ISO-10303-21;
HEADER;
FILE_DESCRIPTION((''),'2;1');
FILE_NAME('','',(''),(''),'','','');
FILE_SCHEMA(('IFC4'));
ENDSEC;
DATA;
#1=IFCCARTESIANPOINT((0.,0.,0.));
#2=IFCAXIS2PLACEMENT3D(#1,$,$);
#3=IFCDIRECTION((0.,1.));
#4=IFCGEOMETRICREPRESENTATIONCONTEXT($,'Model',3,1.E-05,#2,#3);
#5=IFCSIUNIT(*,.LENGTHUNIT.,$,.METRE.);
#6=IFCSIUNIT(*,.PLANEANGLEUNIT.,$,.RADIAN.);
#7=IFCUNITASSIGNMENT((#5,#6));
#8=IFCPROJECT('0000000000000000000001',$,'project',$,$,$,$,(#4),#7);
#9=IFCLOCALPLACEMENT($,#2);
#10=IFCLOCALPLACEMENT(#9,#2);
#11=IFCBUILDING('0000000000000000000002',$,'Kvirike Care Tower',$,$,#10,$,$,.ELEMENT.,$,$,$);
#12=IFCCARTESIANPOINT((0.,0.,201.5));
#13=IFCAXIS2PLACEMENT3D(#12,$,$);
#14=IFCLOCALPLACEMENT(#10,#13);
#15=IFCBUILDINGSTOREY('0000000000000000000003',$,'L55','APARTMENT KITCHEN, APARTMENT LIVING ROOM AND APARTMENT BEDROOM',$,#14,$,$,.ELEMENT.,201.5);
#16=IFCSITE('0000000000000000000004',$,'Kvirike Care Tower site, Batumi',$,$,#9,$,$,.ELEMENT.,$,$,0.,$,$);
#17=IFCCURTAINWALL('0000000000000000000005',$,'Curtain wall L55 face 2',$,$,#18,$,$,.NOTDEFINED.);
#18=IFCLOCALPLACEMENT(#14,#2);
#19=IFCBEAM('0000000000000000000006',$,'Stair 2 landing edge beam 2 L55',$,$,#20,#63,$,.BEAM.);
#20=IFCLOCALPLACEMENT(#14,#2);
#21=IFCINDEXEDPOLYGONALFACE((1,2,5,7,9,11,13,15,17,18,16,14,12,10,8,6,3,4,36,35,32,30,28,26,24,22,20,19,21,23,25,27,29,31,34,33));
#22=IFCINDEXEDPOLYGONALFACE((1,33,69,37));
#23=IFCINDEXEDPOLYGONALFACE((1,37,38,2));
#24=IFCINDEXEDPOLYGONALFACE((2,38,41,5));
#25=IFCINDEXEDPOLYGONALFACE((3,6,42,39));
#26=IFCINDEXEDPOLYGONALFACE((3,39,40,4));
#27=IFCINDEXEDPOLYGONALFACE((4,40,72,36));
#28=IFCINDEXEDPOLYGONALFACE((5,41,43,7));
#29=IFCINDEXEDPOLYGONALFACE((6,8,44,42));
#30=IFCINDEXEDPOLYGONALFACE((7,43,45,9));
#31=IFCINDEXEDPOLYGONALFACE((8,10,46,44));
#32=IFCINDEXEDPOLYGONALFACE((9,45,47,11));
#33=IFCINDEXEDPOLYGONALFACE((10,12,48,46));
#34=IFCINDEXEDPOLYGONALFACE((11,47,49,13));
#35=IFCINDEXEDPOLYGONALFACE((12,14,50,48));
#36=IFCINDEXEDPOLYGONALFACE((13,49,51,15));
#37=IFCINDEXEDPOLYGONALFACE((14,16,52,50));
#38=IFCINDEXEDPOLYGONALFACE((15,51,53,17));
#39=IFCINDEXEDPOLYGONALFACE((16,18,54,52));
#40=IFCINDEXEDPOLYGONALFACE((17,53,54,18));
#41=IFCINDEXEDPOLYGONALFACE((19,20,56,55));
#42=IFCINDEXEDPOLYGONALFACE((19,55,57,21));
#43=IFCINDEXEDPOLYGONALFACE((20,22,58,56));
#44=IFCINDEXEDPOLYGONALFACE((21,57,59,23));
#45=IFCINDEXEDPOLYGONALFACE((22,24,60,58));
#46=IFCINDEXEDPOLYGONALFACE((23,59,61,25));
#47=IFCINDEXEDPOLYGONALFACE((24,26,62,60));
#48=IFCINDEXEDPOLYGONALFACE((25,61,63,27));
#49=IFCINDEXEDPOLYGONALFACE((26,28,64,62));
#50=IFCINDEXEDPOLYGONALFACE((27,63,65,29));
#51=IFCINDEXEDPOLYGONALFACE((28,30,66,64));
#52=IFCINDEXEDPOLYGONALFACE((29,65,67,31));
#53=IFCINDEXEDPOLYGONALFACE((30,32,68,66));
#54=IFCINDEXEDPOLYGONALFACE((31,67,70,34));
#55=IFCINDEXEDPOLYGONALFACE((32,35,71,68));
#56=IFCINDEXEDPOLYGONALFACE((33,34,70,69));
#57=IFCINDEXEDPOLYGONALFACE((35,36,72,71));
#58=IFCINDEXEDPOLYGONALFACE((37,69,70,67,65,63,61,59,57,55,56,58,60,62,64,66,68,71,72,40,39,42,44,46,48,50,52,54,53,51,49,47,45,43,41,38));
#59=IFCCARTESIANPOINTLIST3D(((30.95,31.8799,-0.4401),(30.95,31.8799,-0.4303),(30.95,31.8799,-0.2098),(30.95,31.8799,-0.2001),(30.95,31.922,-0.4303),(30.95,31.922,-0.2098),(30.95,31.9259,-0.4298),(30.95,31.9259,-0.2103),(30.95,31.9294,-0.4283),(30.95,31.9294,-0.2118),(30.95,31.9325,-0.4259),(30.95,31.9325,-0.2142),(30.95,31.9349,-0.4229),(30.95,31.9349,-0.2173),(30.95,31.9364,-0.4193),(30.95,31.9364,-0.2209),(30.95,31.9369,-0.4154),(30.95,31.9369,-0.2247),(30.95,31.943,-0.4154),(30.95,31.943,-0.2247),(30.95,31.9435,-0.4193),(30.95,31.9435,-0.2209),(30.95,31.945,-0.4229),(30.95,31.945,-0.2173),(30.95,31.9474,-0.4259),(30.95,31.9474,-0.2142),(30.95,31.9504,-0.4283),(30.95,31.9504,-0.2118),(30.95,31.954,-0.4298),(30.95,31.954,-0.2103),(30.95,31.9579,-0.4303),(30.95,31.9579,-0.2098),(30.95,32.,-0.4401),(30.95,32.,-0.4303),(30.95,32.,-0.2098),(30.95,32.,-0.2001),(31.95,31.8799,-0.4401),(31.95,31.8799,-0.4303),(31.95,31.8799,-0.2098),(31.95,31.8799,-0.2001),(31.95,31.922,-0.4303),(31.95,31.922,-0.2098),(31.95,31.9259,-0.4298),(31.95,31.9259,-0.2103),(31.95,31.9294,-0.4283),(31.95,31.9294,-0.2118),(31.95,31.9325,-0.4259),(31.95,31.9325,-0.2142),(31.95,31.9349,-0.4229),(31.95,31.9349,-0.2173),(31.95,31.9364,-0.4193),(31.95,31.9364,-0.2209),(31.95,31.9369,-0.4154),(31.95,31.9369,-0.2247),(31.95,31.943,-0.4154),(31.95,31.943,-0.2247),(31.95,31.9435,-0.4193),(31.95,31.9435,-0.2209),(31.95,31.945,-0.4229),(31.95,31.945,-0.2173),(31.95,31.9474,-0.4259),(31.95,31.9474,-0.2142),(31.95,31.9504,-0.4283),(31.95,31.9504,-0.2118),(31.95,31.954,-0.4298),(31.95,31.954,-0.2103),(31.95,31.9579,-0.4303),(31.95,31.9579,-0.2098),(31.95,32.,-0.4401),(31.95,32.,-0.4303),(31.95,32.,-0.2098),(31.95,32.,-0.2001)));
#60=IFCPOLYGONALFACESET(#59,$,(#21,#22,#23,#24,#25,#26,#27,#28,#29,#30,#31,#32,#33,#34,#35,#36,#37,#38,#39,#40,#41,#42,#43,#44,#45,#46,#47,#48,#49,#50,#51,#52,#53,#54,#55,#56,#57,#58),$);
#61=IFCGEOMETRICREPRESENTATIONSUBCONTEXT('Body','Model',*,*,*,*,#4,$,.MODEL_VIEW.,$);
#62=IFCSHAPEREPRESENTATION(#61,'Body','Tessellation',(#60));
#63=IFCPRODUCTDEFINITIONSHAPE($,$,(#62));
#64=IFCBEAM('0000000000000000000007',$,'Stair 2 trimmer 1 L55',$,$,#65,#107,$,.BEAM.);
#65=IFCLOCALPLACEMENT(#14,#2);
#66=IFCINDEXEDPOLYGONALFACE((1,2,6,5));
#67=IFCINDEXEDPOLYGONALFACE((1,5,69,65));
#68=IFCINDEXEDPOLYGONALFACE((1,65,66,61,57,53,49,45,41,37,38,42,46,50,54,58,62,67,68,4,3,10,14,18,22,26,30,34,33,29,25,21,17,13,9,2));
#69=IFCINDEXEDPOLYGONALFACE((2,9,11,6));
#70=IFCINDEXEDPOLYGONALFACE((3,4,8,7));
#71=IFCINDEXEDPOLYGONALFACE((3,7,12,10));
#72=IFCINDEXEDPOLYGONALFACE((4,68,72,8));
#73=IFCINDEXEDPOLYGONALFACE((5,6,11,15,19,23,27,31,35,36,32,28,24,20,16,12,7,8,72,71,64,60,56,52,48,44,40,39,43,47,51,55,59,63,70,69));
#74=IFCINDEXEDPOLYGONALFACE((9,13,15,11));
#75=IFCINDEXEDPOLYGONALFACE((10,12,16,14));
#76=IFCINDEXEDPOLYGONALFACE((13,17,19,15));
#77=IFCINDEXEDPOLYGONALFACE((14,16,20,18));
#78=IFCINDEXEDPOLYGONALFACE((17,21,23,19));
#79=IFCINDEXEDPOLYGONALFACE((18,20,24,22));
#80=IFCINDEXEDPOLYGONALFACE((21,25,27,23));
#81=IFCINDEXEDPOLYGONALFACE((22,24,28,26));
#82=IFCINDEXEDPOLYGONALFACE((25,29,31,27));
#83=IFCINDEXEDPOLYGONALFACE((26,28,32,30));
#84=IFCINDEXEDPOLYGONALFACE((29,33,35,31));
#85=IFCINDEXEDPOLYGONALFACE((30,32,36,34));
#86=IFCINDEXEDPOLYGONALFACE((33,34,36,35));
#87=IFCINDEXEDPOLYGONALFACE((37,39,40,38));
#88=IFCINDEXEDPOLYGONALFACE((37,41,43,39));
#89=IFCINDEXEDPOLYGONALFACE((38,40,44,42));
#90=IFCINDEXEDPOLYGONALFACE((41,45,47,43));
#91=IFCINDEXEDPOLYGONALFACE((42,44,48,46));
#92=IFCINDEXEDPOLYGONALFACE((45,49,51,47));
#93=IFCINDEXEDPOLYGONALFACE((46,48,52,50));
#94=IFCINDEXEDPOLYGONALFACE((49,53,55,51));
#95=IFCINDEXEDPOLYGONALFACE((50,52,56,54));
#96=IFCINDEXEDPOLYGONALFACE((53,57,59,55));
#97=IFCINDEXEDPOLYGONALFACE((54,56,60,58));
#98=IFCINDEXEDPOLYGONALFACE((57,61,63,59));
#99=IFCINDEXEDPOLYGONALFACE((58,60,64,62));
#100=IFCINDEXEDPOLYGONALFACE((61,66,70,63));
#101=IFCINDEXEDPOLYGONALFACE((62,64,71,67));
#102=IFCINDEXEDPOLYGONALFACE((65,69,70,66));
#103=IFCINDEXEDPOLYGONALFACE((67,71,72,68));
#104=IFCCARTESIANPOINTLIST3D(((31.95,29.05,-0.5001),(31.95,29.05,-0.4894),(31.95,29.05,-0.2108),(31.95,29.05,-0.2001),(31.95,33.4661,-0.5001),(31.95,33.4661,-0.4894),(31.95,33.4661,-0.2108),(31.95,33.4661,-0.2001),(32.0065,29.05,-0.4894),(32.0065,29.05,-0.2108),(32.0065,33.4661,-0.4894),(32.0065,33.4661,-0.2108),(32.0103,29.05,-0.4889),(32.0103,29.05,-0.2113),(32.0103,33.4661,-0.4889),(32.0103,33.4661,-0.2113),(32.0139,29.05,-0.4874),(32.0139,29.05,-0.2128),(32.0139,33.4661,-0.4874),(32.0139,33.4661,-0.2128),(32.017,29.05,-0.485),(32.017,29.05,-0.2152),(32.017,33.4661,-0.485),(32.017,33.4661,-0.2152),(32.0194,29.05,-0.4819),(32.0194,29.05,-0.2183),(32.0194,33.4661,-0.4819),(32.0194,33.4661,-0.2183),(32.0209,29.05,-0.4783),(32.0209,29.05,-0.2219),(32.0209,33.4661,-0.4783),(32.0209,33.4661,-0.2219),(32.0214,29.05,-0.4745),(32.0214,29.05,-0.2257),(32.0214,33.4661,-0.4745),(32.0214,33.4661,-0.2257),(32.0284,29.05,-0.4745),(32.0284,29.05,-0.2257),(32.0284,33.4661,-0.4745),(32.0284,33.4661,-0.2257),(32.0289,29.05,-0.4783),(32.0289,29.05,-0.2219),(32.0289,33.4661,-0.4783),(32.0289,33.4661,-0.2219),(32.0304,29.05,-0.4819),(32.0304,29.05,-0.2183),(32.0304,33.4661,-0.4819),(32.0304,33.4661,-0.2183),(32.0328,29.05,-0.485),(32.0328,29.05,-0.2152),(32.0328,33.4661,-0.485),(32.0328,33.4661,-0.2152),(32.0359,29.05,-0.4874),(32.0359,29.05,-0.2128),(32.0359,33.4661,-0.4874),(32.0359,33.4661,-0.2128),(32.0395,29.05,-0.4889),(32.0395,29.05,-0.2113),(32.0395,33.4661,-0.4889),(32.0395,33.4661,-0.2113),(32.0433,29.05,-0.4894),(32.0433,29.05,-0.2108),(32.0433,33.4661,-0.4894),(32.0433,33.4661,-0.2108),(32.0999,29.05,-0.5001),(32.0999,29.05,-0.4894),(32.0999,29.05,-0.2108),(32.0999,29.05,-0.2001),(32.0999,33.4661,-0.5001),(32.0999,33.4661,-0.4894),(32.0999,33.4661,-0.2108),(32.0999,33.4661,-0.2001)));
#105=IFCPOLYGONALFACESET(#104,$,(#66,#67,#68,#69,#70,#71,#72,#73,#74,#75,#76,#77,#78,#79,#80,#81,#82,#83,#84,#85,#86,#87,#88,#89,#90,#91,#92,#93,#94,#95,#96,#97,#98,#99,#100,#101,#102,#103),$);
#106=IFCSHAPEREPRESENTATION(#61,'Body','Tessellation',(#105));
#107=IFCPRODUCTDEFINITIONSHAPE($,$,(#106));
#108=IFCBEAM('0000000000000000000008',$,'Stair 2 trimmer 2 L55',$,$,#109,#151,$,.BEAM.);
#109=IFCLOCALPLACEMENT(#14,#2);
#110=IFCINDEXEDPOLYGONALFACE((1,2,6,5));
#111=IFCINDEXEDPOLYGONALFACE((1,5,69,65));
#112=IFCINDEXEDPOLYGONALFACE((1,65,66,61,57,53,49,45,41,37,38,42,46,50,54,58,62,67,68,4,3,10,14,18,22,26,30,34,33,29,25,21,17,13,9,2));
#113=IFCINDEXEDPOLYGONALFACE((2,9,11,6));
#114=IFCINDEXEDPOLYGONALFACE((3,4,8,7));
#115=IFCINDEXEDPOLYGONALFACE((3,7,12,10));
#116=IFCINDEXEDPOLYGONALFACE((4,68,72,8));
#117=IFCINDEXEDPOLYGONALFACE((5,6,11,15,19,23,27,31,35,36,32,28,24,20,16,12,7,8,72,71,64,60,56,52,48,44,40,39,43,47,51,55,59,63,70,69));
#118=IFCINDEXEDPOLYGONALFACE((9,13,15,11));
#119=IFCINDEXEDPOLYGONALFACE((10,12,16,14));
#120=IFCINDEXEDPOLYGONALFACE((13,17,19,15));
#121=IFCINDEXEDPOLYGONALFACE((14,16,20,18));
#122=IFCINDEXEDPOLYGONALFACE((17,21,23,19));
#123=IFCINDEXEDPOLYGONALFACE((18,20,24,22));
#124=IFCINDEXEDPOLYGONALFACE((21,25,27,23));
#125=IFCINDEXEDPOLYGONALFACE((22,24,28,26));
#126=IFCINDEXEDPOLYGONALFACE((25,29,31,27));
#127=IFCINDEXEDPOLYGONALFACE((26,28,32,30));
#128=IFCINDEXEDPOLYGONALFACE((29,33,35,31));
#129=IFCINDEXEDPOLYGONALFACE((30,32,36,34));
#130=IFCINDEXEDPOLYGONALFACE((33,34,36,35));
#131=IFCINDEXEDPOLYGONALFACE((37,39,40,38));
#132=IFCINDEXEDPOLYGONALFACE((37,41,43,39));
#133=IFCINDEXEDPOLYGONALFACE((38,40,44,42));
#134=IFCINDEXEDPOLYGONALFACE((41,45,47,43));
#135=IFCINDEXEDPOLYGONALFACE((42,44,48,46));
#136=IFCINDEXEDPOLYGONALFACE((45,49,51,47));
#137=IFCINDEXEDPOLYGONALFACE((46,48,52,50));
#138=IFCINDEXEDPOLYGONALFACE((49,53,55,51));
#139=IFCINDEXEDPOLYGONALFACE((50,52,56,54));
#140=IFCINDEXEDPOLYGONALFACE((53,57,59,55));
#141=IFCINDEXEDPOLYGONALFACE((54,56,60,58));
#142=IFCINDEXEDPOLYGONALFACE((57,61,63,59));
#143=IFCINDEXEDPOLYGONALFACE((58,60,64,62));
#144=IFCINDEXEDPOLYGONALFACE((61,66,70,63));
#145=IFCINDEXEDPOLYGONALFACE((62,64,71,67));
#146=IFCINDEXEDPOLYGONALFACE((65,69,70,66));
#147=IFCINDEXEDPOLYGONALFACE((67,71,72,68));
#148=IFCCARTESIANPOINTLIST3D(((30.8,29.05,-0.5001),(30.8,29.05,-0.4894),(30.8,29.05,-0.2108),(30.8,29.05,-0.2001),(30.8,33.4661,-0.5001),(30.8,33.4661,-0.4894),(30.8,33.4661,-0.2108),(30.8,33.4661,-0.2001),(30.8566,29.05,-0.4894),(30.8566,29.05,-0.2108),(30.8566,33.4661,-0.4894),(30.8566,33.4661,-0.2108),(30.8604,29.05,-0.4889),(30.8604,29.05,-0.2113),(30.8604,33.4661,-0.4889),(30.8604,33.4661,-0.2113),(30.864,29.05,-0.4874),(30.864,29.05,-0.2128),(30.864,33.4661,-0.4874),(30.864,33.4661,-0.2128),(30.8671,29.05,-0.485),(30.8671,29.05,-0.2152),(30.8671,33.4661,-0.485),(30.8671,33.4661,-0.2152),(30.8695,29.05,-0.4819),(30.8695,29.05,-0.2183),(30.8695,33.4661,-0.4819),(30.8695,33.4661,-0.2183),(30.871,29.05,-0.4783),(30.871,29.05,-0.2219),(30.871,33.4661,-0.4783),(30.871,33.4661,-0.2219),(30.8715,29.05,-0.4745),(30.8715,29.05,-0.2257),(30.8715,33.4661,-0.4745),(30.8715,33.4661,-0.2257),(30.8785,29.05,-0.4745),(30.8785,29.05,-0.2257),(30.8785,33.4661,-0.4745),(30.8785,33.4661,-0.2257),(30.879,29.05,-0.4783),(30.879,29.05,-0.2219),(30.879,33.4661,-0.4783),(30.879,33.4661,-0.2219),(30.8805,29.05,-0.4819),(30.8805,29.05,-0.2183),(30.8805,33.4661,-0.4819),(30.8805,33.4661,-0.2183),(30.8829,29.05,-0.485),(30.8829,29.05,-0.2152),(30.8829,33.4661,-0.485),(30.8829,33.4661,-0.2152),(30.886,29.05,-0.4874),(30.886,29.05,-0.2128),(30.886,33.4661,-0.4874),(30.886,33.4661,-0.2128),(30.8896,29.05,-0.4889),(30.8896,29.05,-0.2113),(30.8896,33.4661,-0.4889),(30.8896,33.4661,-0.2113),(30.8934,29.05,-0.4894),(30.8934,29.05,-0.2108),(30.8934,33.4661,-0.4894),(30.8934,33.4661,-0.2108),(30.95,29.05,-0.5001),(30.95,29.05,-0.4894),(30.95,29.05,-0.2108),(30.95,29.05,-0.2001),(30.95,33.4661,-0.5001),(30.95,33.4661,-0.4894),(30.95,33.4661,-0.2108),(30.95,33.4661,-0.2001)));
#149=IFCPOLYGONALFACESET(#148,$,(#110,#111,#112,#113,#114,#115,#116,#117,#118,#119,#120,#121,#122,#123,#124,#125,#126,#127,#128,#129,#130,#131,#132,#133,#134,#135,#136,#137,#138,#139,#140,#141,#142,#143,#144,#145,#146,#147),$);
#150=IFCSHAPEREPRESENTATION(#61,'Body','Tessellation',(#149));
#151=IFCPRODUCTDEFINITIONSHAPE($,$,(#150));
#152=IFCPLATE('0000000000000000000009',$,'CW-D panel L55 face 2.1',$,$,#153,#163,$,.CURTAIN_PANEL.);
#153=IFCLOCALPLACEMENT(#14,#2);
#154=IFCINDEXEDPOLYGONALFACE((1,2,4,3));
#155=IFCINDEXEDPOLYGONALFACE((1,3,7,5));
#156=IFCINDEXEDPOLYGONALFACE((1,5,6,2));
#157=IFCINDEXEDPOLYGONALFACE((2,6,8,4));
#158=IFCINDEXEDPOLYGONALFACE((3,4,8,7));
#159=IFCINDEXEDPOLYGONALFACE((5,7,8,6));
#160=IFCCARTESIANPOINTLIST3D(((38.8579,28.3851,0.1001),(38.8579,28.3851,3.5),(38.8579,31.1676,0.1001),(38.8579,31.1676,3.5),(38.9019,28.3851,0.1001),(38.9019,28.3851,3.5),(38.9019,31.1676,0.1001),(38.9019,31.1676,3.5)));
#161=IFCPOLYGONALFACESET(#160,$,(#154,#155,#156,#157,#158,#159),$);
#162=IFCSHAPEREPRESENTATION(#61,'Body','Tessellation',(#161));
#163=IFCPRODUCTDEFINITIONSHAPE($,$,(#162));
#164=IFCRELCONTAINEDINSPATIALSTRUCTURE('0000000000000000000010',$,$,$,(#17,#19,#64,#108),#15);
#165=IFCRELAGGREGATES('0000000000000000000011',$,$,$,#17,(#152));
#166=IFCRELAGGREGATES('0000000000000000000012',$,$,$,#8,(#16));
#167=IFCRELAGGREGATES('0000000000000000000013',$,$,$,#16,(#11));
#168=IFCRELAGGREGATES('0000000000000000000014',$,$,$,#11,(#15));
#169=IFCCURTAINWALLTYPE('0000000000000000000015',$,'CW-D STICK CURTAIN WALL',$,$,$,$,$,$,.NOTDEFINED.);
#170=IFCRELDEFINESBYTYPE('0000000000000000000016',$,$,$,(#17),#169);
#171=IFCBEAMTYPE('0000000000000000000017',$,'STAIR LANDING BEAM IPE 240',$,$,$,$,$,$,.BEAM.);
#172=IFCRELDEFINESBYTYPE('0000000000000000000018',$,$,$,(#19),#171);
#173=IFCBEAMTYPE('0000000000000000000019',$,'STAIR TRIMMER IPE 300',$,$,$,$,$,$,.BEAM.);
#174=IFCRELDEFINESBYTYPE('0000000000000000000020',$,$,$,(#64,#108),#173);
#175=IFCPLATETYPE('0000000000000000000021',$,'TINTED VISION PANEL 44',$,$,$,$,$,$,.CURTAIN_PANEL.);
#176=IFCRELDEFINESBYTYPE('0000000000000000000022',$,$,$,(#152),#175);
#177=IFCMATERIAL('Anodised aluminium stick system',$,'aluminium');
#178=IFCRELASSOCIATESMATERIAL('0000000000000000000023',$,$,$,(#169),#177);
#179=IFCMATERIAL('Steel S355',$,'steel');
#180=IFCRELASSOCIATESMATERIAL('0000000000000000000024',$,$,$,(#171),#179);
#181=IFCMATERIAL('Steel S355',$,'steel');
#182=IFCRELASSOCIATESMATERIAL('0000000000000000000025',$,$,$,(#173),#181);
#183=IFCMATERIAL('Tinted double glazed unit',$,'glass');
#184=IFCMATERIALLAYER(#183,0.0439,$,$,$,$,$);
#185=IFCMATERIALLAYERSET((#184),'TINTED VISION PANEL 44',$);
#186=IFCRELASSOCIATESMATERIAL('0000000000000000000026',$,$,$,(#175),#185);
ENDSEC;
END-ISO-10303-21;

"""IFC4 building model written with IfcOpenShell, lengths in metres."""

from ifc_helpers import new_model, si_unit, direction, frame, origin, origin_2d, place, context, subcontext, project, spatial, rectangle, i_section, extrude, material, layer, layer_set, material_profile, profile_set, type_object, element, aggregate, save


model = new_model("IFC4")

# Units and contexts
model_context = context("Model", 3, precision=1e-05, world=origin(), true_north=direction((0.0, 1.0)))
body_context = subcontext(model_context, "Body", "Model", "MODEL_VIEW")
ifc_project = project(units=[si_unit("LENGTHUNIT", "METRE"), si_unit("PLANEANGLEUNIT", "RADIAN")], contexts=[model_context])

# Site, building, storey
site_placement = place(None, origin())
site = spatial("IfcSite", under=ifc_project, at=site_placement, Name="Kvirike Care Tower site, Batumi", CompositionType="ELEMENT", RefElevation=0.0)
building_placement = place(site_placement, origin())
building = spatial("IfcBuilding", under=site, at=building_placement, Name="Kvirike Care Tower", CompositionType="ELEMENT")
storey_placement = place(building_placement, frame((0.0, 0.0, 201.5)))
storey = spatial("IfcBuildingStorey", under=building, at=storey_placement, Name="L55", Description="APARTMENT KITCHEN, APARTMENT LIVING ROOM AND APARTMENT BEDROOM", CompositionType="ELEMENT", Elevation=201.5)

# Shared definitions
ifc_material_1 = material(Name="Anodised aluminium stick system", Category="aluminium")
curtain_wall_type = type_object("IfcCurtainWallType", Name="CW-D STICK CURTAIN WALL", PredefinedType="NOTDEFINED", material=ifc_material_1)

# Curtain wall
curtain_wall_1_placement = place(storey_placement, origin())
curtain_wall_1 = element("IfcCurtainWall", 1, at=curtain_wall_1_placement, inside=storey, type_object=curtain_wall_type, Name="Curtain wall L55 face 2", PredefinedType="NOTDEFINED")

# Beams
ifc_material_2 = material(Name="Steel S355", Category="steel")
ifc_material_profile_1 = material_profile(ifc_material_2, i_section(OverallWidth=0.1201, OverallDepth=0.24, WebThickness=0.0061, FlangeThickness=0.0098, FilletRadius=0.0149, at=origin_2d()), Name="IPE 240")
ifc_profile_set_1 = profile_set([ifc_material_profile_1], Name="Steel S355")
beam_type_1 = type_object("IfcBeamType", Name="STAIR LANDING BEAM IPE 240", PredefinedType="BEAM", material=ifc_profile_set_1)
for number, where, z_axis, x_axis, name in (
    (2, (31.95, 31.9399, -0.3201), (-1.0, 0.0, 0.0), (0.0, -1.0, 0.0), "Stair 2 landing edge beam 2 L55"),
):
    element("IfcBeam", number, at=place(storey_placement, frame(where, z_axis=z_axis, x_axis=x_axis)), inside=storey, type_object=beam_type_1, Name=name, PredefinedType="BEAM", context=body_context, shape_type="SweptSolid", body=[
        extrude(i_section(OverallWidth=0.1201, OverallDepth=0.24, WebThickness=0.0061, FlangeThickness=0.0098, FilletRadius=0.0149, at=origin_2d()), origin(), (0.0, 0.0, 1.0), 1.0),
    ])
ifc_material_3 = material(Name="Steel S355", Category="steel")
ifc_material_profile_2 = material_profile(ifc_material_3, i_section(OverallWidth=0.1499, OverallDepth=0.3, WebThickness=0.0071, FlangeThickness=0.0107, FilletRadius=0.0149, at=origin_2d()), Name="IPE 300")
ifc_profile_set_2 = profile_set([ifc_material_profile_2], Name="Steel S355")
beam_type_2 = type_object("IfcBeamType", Name="STAIR TRIMMER IPE 300", PredefinedType="BEAM", material=ifc_profile_set_2)
for number, where, z_axis, x_axis, name in (
    (3, (32.0249, 29.05, -0.3501), (0.0, 1.0, 0.0), (-1.0, 0.0, 0.0), "Stair 2 trimmer 1 L55"),
    (4, (30.875, 29.05, -0.3501), (0.0, 1.0, 0.0), (-1.0, 0.0, 0.0), "Stair 2 trimmer 2 L55"),
):
    element("IfcBeam", number, at=place(storey_placement, frame(where, z_axis=z_axis, x_axis=x_axis)), inside=storey, type_object=beam_type_2, Name=name, PredefinedType="BEAM", context=body_context, shape_type="SweptSolid", body=[
        extrude(i_section(OverallWidth=0.1499, OverallDepth=0.3, WebThickness=0.0071, FlangeThickness=0.0107, FilletRadius=0.0149, at=origin_2d()), origin(), (0.0, 0.0, 1.0), 4.416),
    ])

# Plate
ifc_material_4 = material(Name="Tinted double glazed unit", Category="glass")
ifc_layer_1 = layer(ifc_material_4, 0.0439)
ifc_layer_set_1 = layer_set([ifc_layer_1], Name="TINTED VISION PANEL 44")
plate_type = type_object("IfcPlateType", Name="TINTED VISION PANEL 44", PredefinedType="CURTAIN_PANEL", material=ifc_layer_set_1)
plate_placement = place(storey_placement, frame((38.8799, 29.7764, 0.1001), z_axis=(0.0, 0.0, 1.0), x_axis=(0.0, 1.0, 0.0)))
plate = element("IfcPlate", 5, at=plate_placement, type_object=plate_type, Name="CW-D panel L55 face 2.1", PredefinedType="CURTAIN_PANEL", context=body_context, shape_type="SweptSolid", body=[
    extrude(rectangle(XDim=2.7825, YDim=0.0439, at=origin_2d()), origin(), (0.0, 0.0, 1.0), 3.3999),
])
aggregate(curtain_wall_1, [plate])

save(model, "model.ifc")
